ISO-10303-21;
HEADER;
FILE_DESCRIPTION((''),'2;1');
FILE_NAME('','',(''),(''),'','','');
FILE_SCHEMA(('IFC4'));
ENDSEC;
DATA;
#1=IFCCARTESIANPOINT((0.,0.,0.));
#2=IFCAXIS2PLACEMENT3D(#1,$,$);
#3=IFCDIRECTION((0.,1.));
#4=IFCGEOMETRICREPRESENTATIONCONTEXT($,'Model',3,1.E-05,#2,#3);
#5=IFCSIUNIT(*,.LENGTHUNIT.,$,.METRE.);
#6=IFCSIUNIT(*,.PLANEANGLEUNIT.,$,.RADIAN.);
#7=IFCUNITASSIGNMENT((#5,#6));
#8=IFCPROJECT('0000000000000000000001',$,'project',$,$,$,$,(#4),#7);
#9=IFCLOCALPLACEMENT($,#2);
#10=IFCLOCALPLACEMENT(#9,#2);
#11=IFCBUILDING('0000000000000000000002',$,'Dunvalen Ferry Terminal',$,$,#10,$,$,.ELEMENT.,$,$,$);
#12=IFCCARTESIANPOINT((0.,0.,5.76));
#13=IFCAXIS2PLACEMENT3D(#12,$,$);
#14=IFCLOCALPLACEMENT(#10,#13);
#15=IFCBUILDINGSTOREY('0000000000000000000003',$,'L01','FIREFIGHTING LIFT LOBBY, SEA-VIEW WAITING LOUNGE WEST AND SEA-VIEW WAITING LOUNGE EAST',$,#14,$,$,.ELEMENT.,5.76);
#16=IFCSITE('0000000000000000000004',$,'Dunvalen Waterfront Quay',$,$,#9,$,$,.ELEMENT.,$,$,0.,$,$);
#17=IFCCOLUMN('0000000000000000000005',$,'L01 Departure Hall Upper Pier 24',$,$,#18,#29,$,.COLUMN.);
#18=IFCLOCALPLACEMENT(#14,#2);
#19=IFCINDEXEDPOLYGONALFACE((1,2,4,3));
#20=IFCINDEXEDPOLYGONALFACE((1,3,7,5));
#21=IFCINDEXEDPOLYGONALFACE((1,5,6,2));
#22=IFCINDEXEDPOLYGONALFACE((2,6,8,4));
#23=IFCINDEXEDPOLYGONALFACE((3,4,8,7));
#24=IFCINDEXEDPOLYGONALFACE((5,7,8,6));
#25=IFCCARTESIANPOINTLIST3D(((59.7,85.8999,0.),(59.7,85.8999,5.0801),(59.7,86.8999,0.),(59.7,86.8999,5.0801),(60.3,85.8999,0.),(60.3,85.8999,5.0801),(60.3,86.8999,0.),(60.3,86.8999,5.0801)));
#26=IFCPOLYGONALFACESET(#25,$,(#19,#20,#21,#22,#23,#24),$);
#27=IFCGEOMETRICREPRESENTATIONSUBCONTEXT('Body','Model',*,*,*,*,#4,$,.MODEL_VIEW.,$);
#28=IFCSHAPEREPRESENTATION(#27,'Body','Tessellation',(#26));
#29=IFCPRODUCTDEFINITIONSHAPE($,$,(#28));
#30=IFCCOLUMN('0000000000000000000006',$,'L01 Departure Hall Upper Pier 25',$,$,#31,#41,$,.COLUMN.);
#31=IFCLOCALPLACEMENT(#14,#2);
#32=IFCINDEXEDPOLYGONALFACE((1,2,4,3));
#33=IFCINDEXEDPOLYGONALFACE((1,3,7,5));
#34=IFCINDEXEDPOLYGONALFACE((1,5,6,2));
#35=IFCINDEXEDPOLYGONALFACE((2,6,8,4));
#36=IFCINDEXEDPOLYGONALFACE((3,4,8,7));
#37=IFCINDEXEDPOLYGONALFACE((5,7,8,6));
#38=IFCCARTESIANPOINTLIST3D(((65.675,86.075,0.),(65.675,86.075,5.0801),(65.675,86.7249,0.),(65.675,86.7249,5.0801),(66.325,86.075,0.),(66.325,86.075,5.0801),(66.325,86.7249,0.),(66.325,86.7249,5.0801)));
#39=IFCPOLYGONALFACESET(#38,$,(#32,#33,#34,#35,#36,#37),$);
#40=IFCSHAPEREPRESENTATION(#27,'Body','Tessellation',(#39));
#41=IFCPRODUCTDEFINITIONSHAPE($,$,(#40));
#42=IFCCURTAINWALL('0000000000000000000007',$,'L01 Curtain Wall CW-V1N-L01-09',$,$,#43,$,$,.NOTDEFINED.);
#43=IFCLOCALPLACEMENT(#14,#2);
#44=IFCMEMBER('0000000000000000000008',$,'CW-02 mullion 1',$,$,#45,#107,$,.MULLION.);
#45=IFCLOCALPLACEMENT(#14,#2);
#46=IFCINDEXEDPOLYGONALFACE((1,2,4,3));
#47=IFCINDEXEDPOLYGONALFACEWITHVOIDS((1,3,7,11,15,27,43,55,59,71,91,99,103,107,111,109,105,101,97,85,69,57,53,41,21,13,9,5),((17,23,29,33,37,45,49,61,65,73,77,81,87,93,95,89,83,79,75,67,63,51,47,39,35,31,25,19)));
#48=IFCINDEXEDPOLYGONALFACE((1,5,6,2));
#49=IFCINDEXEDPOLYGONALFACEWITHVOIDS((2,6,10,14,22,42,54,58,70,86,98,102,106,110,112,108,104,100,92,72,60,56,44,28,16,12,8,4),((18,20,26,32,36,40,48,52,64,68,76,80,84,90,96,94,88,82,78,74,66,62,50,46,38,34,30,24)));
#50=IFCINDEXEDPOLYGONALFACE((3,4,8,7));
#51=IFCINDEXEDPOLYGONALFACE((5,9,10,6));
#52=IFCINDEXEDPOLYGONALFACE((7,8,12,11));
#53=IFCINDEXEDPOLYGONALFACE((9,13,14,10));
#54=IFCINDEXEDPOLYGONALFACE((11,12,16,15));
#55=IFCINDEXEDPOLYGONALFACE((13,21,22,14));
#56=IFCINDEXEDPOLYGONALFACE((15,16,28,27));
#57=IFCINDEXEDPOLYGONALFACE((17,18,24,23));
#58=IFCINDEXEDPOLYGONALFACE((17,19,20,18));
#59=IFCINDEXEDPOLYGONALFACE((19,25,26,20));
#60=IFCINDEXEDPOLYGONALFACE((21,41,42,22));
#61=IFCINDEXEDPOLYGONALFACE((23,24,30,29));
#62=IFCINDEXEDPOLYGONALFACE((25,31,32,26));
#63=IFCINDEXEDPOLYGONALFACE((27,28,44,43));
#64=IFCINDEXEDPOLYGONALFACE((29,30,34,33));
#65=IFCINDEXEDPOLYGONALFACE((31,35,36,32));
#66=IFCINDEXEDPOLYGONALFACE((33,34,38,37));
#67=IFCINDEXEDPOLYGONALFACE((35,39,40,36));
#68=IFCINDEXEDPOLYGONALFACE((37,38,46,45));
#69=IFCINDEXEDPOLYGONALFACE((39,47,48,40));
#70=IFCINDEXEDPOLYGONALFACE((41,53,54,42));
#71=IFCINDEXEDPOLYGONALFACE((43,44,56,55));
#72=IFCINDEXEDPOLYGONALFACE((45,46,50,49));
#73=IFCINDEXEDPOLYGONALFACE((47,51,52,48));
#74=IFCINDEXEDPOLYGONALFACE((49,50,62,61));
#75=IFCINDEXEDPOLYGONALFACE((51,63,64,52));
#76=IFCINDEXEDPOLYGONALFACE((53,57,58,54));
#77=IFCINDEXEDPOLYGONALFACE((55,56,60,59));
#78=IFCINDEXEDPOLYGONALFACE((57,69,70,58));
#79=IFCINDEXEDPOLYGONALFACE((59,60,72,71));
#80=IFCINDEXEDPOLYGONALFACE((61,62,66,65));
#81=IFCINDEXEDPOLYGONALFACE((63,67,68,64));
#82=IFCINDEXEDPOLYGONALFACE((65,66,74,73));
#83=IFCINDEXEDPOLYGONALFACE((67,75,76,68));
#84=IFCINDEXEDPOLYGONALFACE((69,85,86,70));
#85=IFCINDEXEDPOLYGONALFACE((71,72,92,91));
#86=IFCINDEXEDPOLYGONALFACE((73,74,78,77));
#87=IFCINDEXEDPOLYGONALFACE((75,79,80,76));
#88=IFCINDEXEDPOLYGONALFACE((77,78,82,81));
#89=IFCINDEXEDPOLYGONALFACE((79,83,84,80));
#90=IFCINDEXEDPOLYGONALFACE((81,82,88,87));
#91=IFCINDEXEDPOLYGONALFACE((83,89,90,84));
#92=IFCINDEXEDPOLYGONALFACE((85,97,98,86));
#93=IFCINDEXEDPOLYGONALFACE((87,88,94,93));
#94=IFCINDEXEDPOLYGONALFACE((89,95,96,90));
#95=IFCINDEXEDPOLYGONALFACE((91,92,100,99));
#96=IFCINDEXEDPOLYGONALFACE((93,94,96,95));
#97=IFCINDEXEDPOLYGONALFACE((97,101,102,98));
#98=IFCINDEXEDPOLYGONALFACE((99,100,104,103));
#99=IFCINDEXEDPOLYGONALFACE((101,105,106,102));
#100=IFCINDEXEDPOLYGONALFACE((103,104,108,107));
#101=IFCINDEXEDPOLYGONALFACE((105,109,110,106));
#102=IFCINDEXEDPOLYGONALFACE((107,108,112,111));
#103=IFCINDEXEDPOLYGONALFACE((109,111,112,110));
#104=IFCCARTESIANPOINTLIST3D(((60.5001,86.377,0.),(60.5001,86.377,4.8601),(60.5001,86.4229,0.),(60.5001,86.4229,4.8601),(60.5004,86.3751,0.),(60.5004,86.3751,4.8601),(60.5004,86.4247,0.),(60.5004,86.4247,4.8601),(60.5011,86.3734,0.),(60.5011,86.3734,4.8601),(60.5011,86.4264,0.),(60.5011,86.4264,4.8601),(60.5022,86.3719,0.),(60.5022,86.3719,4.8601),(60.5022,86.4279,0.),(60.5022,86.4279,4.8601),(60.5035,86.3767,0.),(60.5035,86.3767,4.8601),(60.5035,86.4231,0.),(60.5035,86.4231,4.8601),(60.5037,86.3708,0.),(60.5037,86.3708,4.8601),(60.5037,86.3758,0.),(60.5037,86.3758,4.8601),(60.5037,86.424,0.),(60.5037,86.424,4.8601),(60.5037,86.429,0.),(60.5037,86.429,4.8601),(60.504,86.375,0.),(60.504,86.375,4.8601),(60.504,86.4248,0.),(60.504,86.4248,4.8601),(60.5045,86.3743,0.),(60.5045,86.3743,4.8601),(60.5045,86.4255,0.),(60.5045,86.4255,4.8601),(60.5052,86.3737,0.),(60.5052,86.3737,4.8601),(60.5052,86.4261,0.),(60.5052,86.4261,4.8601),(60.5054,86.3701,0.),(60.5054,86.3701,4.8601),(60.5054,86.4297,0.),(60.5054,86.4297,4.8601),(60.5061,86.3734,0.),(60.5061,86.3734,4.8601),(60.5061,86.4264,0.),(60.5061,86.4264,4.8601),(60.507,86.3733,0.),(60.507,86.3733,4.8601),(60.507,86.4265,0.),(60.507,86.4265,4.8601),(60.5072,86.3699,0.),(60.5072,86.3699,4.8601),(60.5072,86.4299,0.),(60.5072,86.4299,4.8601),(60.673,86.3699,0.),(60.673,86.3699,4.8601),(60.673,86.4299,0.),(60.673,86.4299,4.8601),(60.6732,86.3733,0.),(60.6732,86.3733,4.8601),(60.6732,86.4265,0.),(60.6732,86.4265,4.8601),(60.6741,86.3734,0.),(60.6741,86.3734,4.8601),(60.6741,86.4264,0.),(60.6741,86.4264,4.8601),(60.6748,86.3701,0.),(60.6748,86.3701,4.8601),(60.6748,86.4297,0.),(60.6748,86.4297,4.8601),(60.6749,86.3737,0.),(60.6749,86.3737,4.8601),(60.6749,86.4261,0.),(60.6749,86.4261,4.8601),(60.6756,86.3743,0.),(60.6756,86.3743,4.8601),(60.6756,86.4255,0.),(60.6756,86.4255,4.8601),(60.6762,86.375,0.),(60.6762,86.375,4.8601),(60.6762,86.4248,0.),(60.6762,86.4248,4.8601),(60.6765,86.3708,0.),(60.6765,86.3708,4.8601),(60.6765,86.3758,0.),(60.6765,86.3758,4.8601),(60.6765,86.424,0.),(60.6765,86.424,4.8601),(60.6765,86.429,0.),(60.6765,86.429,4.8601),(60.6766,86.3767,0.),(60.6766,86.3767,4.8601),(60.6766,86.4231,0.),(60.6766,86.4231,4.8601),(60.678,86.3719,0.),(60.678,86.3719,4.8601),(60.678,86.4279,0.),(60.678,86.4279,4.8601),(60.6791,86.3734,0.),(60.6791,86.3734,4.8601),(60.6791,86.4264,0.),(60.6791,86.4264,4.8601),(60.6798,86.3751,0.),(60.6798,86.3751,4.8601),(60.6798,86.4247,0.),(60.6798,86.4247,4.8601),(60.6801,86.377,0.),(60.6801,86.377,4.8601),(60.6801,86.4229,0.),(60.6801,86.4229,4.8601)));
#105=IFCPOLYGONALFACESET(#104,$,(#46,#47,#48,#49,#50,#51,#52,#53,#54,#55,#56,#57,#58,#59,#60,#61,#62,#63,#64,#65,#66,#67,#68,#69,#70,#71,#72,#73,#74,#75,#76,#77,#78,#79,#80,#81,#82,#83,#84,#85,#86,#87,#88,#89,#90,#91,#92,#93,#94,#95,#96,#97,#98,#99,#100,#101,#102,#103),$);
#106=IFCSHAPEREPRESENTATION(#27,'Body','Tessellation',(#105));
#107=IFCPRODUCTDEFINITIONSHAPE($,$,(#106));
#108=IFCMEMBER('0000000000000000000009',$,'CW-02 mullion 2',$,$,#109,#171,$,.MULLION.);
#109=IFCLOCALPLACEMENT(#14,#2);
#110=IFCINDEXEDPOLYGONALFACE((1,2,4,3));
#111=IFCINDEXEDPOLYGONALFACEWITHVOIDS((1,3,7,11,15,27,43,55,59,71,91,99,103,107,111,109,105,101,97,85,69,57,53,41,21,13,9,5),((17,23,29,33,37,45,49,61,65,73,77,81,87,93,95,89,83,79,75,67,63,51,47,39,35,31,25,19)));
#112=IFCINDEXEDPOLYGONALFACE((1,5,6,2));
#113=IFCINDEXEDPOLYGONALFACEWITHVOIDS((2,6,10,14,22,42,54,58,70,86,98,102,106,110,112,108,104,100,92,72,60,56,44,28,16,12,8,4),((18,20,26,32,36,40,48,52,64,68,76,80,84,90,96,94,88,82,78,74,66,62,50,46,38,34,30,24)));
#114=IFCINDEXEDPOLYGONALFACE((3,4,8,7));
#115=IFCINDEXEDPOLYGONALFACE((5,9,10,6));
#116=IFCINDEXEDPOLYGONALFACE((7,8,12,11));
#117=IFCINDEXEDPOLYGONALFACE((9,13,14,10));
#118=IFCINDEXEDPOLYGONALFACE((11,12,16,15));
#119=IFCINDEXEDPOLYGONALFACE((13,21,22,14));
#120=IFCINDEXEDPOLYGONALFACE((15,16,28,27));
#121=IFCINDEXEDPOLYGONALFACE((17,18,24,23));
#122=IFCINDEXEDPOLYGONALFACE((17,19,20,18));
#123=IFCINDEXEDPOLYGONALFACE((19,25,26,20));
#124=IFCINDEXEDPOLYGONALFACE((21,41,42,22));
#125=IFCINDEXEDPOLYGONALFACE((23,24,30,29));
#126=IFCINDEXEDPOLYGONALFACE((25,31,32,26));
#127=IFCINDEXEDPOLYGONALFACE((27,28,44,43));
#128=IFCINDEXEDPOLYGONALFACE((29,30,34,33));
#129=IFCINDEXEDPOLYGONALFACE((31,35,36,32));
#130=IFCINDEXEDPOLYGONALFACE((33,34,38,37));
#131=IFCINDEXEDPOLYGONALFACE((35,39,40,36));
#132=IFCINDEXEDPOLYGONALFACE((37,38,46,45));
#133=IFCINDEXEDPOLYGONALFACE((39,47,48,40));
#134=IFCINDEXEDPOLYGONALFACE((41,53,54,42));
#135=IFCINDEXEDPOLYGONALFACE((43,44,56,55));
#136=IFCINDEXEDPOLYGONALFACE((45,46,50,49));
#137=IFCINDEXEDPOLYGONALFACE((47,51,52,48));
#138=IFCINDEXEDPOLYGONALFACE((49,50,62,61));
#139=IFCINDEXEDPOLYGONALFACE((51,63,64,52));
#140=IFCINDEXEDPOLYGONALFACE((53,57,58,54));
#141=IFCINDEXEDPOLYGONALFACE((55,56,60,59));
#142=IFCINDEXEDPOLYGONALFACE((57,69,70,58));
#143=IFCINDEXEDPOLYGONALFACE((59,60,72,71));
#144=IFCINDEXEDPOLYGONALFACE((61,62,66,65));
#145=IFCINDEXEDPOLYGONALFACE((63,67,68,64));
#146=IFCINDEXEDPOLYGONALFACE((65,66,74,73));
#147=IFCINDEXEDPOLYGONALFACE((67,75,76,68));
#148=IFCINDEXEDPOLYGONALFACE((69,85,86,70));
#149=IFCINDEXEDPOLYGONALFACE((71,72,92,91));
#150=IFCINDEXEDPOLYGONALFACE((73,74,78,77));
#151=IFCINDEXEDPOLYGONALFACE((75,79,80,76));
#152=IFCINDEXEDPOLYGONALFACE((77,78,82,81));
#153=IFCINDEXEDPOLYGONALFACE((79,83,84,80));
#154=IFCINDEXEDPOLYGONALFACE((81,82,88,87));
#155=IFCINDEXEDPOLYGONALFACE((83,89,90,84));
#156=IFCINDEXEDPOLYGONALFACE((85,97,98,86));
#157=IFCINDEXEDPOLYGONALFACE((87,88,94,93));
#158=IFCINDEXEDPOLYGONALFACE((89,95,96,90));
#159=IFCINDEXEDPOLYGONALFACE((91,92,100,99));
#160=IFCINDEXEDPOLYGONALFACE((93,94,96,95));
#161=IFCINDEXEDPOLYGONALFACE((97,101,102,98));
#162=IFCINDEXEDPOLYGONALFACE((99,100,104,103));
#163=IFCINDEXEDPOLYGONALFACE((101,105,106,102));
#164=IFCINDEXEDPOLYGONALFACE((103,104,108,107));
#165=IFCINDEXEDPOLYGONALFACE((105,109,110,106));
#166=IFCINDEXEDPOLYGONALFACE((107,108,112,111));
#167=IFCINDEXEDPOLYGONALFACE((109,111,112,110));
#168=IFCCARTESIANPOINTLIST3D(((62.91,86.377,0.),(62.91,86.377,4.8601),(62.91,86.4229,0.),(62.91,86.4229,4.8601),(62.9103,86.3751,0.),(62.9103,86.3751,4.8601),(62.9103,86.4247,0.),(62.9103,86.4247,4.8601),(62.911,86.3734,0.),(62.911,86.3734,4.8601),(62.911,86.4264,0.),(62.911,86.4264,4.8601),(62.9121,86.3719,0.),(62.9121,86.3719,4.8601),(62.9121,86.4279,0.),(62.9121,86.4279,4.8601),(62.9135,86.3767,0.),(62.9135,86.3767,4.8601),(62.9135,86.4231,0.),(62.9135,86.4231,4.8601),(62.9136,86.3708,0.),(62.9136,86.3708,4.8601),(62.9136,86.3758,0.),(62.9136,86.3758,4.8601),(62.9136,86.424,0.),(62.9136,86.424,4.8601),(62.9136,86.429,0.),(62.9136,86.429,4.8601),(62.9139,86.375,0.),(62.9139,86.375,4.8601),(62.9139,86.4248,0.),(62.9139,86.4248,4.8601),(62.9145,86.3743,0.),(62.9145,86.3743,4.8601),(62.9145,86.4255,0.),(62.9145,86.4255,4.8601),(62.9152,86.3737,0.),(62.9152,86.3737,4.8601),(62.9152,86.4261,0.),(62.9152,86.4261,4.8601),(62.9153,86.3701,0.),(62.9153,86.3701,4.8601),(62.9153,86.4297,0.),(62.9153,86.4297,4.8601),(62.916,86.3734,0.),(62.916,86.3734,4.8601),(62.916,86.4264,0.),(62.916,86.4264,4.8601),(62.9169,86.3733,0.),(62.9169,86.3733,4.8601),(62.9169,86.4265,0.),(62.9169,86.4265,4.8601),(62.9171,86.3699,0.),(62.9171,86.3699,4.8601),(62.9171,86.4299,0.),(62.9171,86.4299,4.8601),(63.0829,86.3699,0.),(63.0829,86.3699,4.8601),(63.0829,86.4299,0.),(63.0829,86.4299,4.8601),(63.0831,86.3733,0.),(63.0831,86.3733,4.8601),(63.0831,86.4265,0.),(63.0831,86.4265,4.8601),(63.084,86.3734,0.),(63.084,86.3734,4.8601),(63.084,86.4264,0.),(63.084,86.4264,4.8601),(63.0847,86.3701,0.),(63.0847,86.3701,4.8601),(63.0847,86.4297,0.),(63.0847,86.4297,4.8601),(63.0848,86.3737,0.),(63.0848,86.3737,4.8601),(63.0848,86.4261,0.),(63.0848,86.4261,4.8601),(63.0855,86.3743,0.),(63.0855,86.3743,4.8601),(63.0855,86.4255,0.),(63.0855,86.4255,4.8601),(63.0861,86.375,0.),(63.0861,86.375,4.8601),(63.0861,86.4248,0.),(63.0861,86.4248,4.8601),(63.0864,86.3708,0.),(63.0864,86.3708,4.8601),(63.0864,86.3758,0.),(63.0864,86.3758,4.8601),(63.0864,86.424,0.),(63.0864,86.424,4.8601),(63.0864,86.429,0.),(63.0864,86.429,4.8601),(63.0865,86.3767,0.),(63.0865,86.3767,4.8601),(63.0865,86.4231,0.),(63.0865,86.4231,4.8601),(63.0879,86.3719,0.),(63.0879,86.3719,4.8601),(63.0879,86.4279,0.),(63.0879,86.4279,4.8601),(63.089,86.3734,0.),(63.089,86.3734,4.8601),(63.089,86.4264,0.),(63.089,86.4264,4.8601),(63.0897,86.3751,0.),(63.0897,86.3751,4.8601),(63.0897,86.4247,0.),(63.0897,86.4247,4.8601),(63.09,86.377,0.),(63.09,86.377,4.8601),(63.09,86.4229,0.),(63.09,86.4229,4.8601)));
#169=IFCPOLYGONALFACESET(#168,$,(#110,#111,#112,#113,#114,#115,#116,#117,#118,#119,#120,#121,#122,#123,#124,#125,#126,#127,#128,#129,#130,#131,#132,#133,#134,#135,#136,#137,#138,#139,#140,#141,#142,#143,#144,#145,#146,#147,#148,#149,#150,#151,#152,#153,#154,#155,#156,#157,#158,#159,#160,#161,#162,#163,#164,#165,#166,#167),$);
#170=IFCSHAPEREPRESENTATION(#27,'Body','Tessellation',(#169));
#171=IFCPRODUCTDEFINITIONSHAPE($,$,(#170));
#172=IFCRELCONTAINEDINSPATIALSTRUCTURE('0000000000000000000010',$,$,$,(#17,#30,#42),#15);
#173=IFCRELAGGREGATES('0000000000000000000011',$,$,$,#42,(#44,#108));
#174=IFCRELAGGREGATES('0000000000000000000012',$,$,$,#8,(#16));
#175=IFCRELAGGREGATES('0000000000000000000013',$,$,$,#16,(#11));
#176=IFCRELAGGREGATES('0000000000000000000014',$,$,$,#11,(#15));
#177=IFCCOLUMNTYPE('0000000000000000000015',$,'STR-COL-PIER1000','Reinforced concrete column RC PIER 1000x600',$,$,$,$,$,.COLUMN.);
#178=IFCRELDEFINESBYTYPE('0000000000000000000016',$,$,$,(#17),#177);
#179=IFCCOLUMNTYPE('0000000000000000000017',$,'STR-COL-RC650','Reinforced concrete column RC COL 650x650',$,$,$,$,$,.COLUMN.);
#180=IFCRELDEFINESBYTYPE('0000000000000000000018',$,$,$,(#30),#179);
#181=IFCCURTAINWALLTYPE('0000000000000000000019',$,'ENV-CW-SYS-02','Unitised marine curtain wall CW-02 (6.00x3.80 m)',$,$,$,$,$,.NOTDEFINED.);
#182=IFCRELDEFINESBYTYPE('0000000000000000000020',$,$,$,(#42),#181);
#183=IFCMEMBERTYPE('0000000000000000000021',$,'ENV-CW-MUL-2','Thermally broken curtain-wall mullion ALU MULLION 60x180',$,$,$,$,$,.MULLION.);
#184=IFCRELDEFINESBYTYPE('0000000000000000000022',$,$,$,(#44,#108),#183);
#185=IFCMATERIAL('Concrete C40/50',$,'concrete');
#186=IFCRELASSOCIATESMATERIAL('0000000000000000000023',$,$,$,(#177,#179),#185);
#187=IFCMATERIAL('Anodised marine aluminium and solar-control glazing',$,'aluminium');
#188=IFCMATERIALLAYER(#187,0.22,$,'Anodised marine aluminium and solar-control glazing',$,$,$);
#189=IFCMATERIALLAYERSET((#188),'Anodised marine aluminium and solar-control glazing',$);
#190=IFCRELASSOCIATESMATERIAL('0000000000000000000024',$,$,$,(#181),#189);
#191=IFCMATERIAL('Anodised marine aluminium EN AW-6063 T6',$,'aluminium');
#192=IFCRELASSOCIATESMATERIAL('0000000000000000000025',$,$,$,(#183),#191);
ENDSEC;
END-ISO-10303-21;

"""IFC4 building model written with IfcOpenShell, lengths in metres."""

from ifc_helpers import new_model, si_unit, direction, frame, origin, origin_2d, place, context, subcontext, project, spatial, rectangle, hollow_rectangle, extrude, material, layer, layer_set, material_profile, profile_set, type_object, element, aggregate, save


model = new_model("IFC4")

# Units and contexts
model_context = context("Model", 3, precision=1e-05, world=origin(), true_north=direction((0.0, 1.0)))
body_context = subcontext(model_context, "Body", "Model", "MODEL_VIEW")
ifc_project = project(units=[si_unit("LENGTHUNIT", "METRE"), si_unit("PLANEANGLEUNIT", "RADIAN")], contexts=[model_context])

# Site, building, storey
site_placement = place(None, origin())
site = spatial("IfcSite", under=ifc_project, at=site_placement, Name="Dunvalen Waterfront Quay", CompositionType="ELEMENT", RefElevation=0.0)
building_placement = place(site_placement, origin())
building = spatial("IfcBuilding", under=site, at=building_placement, Name="Dunvalen Ferry Terminal", CompositionType="ELEMENT")
storey_placement = place(building_placement, frame((0.0, 0.0, 5.76)))
storey = spatial("IfcBuildingStorey", under=building, at=storey_placement, Name="L01", Description="FIREFIGHTING LIFT LOBBY, SEA-VIEW WAITING LOUNGE WEST AND SEA-VIEW WAITING LOUNGE EAST", CompositionType="ELEMENT", Elevation=5.76)

# Columns
ifc_material_1 = material(Name="Concrete C40/50", Category="concrete")
ifc_material_profile_1 = material_profile(ifc_material_1, rectangle(XDim=0.6001, YDim=1.0, at=origin_2d()), Name="Concrete C40/50")
ifc_profile_set_1 = profile_set([ifc_material_profile_1], Name="Concrete C40/50")
column_type_1 = type_object("IfcColumnType", Name="STR-COL-PIER1000", Description="Reinforced concrete column RC PIER 1000x600", PredefinedType="COLUMN", material=ifc_profile_set_1)
column_1_placement = place(storey_placement, frame((60.0, 86.3999, 0.0), z_axis=(0.0, 0.0, 1.0), x_axis=(1.0, 0.0, 0.0)))
element("IfcColumn", 1, at=column_1_placement, inside=storey, type_object=column_type_1, Name="L01 Departure Hall Upper Pier 24", PredefinedType="COLUMN", context=body_context, shape_type="SweptSolid", body=[
    extrude(rectangle(XDim=0.6001, YDim=1.0, at=origin_2d()), origin(), (0.0, 0.0, 1.0), 5.0801),
])
ifc_material_profile_2 = material_profile(ifc_material_1, rectangle(XDim=0.6499, YDim=0.6499, at=origin_2d()), Name="Concrete C40/50")
ifc_profile_set_2 = profile_set([ifc_material_profile_2], Name="Concrete C40/50")
column_type_2 = type_object("IfcColumnType", Name="STR-COL-RC650", Description="Reinforced concrete column RC COL 650x650", PredefinedType="COLUMN", material=ifc_profile_set_2)
column_2_placement = place(storey_placement, frame((66.0, 86.3999, 0.0), z_axis=(0.0, 0.0, 1.0), x_axis=(1.0, 0.0, 0.0)))
element("IfcColumn", 2, at=column_2_placement, inside=storey, type_object=column_type_2, Name="L01 Departure Hall Upper Pier 25", PredefinedType="COLUMN", context=body_context, shape_type="SweptSolid", body=[
    extrude(rectangle(XDim=0.6499, YDim=0.6499, at=origin_2d()), origin(), (0.0, 0.0, 1.0), 5.0801),
])

# Curtain wall, members
ifc_material_2 = material(Name="Anodised marine aluminium and solar-control glazing", Category="aluminium")
ifc_layer_1 = layer(ifc_material_2, 0.22, Name="Anodised marine aluminium and solar-control glazing")
ifc_layer_set_1 = layer_set([ifc_layer_1], Name="Anodised marine aluminium and solar-control glazing")
curtain_wall_type = type_object("IfcCurtainWallType", Name="ENV-CW-SYS-02", Description="Unitised marine curtain wall CW-02 (6.00x3.80 m)", PredefinedType="NOTDEFINED", material=ifc_layer_set_1)
curtain_wall_placement = place(storey_placement, origin())
curtain_wall = element("IfcCurtainWall", 3, at=curtain_wall_placement, inside=storey, type_object=curtain_wall_type, Name="L01 Curtain Wall CW-V1N-L01-09", PredefinedType="NOTDEFINED")
ifc_material_3 = material(Name="Anodised marine aluminium EN AW-6063 T6", Category="aluminium")
ifc_material_profile_3 = material_profile(ifc_material_3, hollow_rectangle(XDim=0.0601, YDim=0.1799, WallThickness=0.0034, InnerFilletRadius=0.0034, OuterFilletRadius=0.0071, at=origin_2d()), Name="Anodised marine aluminium EN AW-6063 T6")
ifc_profile_set_3 = profile_set([ifc_material_profile_3], Name="Anodised marine aluminium EN AW-6063 T6")
member_type_1 = type_object("IfcMemberType", Name="ENV-CW-MUL-2", Description="Thermally broken curtain-wall mullion ALU MULLION 60x180", PredefinedType="MULLION", material=ifc_profile_set_3)
member_1_placement = place(storey_placement, frame((60.5901, 86.3999, 0.0), z_axis=(0.0, 0.0, 1.0), x_axis=(0.0, 1.0, 0.0)))
member_1 = element("IfcMember", 4, at=member_1_placement, type_object=member_type_1, Name="CW-02 mullion 1", PredefinedType="MULLION", context=body_context, shape_type="SweptSolid", body=[
    extrude(hollow_rectangle(XDim=0.0601, YDim=0.1799, WallThickness=0.0034, InnerFilletRadius=0.0034, OuterFilletRadius=0.0071, at=origin_2d()), origin(), (0.0, 0.0, 1.0), 4.8601),
])
member_2_placement = place(storey_placement, frame((63.0, 86.3999, 0.0), z_axis=(0.0, 0.0, 1.0), x_axis=(0.0, 1.0, 0.0)))
member_2 = element("IfcMember", 5, at=member_2_placement, type_object=member_type_1, Name="CW-02 mullion 2", PredefinedType="MULLION", context=body_context, shape_type="SweptSolid", body=[
    extrude(hollow_rectangle(XDim=0.0601, YDim=0.1799, WallThickness=0.0034, InnerFilletRadius=0.0034, OuterFilletRadius=0.0071, at=origin_2d()), origin(), (0.0, 0.0, 1.0), 4.8601),
])

aggregate(curtain_wall, [member_1, member_2])

save(model, "model.ifc")
